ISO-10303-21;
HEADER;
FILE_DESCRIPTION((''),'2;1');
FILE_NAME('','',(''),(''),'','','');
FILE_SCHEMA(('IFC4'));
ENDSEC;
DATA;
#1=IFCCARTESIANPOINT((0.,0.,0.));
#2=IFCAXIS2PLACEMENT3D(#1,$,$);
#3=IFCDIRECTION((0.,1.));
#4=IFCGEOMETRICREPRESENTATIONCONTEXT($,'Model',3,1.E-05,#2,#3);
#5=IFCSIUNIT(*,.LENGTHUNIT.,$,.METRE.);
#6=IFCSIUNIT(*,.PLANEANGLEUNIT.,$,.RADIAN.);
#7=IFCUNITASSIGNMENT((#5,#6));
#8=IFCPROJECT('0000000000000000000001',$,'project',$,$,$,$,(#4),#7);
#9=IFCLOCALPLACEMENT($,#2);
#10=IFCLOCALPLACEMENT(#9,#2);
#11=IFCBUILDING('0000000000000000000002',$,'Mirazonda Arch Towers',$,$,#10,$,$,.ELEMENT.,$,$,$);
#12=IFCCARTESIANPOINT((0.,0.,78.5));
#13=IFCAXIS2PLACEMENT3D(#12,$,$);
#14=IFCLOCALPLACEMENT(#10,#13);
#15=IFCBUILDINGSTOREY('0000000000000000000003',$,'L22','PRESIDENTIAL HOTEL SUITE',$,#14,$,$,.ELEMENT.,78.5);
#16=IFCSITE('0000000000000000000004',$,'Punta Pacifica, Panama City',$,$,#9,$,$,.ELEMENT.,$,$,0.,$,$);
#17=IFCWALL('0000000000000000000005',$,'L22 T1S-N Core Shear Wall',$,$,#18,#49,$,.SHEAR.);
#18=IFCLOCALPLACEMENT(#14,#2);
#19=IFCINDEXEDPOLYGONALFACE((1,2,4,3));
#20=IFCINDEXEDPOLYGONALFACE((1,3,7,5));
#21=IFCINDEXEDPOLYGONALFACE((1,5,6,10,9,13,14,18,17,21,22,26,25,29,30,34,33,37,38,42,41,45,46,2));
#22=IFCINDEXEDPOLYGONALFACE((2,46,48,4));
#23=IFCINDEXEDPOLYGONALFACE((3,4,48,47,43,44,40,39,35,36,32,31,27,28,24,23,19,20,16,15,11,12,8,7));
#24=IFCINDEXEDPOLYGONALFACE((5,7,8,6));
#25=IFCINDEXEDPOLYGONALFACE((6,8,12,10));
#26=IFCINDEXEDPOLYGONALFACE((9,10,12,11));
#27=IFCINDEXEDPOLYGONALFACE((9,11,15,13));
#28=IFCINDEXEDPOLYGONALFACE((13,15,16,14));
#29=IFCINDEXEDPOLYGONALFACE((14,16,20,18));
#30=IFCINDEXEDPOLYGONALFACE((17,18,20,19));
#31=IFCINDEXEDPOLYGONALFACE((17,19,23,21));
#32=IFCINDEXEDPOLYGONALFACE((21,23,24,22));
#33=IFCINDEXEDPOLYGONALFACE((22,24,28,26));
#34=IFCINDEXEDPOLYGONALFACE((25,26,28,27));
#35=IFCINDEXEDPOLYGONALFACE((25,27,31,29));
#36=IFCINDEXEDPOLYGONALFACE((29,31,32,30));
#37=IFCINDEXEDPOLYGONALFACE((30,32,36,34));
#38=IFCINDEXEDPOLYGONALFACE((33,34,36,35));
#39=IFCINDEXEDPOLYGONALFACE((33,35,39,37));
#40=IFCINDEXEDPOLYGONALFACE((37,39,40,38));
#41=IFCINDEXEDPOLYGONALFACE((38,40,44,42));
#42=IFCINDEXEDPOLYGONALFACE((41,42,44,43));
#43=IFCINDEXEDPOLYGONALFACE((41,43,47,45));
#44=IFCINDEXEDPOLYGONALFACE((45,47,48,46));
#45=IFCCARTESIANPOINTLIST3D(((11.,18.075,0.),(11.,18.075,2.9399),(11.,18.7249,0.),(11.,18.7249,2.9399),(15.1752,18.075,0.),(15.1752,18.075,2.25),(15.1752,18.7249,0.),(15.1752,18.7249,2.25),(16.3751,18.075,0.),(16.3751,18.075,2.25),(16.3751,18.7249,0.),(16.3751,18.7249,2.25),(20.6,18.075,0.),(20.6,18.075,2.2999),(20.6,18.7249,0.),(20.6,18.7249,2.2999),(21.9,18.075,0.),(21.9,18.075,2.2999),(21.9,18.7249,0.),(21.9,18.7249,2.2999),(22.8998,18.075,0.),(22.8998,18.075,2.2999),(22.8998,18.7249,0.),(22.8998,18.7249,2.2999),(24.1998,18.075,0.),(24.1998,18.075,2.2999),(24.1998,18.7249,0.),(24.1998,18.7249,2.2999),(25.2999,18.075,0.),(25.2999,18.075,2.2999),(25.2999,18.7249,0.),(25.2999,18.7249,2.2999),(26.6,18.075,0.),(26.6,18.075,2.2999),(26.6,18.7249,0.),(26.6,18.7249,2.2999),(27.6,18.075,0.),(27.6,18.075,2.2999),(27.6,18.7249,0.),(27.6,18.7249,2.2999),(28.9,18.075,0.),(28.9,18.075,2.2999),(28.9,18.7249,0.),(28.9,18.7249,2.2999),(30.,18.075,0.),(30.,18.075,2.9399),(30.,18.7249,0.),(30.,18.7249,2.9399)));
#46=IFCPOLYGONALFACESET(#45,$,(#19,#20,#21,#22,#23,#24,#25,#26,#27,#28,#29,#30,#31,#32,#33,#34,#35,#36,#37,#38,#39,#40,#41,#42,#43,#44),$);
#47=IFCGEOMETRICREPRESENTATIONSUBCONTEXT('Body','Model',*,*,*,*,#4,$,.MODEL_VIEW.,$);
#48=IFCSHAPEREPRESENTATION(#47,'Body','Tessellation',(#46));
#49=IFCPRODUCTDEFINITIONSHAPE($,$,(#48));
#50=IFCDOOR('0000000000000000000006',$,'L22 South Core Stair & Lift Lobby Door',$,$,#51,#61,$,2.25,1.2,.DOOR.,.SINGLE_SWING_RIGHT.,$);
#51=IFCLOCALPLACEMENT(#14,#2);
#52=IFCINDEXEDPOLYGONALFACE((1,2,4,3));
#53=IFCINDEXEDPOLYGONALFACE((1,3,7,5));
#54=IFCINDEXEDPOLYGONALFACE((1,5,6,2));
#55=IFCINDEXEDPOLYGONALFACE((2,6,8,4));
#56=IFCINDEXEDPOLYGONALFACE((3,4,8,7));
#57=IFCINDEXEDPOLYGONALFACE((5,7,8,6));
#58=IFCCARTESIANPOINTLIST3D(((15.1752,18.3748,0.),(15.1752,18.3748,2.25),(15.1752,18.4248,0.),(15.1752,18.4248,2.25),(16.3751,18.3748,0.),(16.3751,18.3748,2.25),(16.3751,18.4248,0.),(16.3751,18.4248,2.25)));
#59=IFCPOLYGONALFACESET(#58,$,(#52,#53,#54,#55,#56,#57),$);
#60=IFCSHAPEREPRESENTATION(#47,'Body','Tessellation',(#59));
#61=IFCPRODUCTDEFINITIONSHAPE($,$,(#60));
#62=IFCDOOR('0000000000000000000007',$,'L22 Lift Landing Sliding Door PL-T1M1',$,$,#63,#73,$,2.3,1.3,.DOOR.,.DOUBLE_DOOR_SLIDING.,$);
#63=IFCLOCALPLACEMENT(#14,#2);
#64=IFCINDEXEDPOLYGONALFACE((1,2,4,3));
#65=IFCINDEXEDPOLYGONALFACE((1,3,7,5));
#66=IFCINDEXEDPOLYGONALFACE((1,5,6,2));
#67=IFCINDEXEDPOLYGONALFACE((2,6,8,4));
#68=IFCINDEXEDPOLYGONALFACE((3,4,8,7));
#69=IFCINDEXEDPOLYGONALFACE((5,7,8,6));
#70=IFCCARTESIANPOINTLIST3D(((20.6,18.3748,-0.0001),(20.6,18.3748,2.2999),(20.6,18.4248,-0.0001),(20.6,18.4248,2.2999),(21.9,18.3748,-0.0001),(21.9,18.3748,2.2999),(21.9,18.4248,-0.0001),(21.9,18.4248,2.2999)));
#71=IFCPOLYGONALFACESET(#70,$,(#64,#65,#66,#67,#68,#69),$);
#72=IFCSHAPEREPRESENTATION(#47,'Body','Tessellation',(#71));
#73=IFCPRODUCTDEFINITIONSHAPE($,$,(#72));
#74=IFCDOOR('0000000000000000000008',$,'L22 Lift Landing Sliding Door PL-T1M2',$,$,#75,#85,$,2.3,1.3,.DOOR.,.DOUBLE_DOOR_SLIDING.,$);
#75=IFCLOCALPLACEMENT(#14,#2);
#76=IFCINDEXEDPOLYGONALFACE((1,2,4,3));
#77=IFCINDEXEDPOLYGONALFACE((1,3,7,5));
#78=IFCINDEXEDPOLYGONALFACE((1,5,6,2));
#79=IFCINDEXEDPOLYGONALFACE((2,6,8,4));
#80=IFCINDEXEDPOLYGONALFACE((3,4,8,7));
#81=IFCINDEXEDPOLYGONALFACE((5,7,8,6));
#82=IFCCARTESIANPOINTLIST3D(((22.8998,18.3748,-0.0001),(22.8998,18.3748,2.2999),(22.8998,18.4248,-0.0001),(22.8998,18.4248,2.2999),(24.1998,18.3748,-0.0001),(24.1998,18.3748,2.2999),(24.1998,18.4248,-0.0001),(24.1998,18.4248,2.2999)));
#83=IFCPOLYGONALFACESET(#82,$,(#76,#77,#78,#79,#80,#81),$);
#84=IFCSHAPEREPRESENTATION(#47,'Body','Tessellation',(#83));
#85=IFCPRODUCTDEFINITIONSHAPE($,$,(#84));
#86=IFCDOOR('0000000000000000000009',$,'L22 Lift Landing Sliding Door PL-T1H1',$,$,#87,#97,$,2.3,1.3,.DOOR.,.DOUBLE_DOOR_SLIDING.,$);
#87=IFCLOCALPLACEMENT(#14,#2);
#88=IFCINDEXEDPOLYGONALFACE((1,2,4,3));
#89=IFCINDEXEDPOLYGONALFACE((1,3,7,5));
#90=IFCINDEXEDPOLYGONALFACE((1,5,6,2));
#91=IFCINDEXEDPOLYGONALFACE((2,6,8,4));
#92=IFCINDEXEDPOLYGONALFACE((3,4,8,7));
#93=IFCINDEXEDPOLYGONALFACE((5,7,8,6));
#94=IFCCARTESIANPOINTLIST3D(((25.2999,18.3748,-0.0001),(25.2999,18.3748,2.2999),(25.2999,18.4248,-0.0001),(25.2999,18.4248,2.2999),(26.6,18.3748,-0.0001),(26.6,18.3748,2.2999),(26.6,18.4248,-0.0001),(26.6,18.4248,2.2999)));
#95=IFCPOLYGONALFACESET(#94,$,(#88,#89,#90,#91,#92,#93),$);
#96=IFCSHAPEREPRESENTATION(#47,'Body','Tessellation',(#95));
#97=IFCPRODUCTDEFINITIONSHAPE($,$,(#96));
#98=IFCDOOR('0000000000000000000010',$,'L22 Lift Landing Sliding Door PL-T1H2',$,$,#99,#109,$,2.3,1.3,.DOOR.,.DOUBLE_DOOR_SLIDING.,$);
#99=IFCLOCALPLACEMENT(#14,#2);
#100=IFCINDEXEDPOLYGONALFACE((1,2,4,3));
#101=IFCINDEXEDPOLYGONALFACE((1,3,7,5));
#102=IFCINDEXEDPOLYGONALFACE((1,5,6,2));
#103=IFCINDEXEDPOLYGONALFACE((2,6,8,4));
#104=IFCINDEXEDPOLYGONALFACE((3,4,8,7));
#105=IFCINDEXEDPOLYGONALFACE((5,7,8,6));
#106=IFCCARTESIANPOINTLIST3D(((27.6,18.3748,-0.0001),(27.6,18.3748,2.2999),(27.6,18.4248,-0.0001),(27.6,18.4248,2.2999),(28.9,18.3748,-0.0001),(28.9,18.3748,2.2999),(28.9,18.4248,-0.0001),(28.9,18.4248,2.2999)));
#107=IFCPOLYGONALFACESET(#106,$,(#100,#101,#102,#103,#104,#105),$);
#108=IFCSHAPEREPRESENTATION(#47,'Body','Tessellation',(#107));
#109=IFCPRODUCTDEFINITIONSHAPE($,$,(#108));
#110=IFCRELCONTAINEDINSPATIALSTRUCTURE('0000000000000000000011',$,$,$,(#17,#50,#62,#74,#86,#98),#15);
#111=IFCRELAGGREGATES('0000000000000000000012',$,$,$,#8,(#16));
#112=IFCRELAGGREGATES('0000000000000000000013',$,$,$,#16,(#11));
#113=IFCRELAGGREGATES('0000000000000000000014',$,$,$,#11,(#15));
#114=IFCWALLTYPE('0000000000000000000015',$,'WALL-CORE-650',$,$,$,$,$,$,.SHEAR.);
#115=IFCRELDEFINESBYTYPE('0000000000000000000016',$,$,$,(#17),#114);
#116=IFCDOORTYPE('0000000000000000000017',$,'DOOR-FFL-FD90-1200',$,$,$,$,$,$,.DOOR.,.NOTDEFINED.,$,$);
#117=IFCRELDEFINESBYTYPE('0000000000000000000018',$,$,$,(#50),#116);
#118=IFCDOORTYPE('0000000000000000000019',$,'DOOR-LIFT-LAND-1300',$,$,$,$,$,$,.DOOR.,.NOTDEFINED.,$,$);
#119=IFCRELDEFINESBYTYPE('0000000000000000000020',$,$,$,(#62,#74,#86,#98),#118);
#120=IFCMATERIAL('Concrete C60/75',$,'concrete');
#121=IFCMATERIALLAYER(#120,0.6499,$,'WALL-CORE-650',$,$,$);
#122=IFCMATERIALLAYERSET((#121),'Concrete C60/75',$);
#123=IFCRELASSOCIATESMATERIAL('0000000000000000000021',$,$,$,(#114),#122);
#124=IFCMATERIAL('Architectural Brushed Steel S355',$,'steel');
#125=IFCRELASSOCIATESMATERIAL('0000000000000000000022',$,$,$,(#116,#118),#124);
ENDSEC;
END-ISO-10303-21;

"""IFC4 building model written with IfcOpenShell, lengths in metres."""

from ifc_helpers import new_model, si_unit, direction, frame, frame_2d, origin, place, context, subcontext, project, spatial, rectangle, extrude, material, layer, layer_set, type_object, element, fill, save


model = new_model("IFC4")

# Units and contexts
model_context = context("Model", 3, precision=1e-05, world=origin(), true_north=direction((0.0, 1.0)))
body_context = subcontext(model_context, "Body", "Model", "MODEL_VIEW")
ifc_project = project(units=[si_unit("LENGTHUNIT", "METRE"), si_unit("PLANEANGLEUNIT", "RADIAN")], contexts=[model_context])

# Site, building, storey
site_placement = place(None, origin())
site = spatial("IfcSite", under=ifc_project, at=site_placement, Name="Punta Pacifica, Panama City", CompositionType="ELEMENT", RefElevation=0.0)
building_placement = place(site_placement, origin())
building = spatial("IfcBuilding", under=site, at=building_placement, Name="Mirazonda Arch Towers", CompositionType="ELEMENT")
storey_placement = place(building_placement, frame((0.0, 0.0, 78.5)))
storey = spatial("IfcBuildingStorey", under=building, at=storey_placement, Name="L22", Description="PRESIDENTIAL HOTEL SUITE", CompositionType="ELEMENT", Elevation=78.5)

# Shared definitions
ifc_material_1 = material(Name="Concrete C60/75", Category="concrete")

# Shared definitions
ifc_material_2 = material(Name="Architectural Brushed Steel S355", Category="steel")

# Wall, openings, doors
ifc_layer_1 = layer(ifc_material_1, 0.6499, Name="WALL-CORE-650")
ifc_layer_set_1 = layer_set([ifc_layer_1], Name="Concrete C60/75")
wall_type_1 = type_object("IfcWallType", Name="WALL-CORE-650", PredefinedType="SHEAR", material=ifc_layer_set_1)
wall_1_placement = place(storey_placement, frame((11.0, 18.3999, 0.0), z_axis=(0.0, 0.0, 1.0), x_axis=(1.0, 0.0, 0.0)))
wall_1 = element("IfcWall", 1, at=wall_1_placement, inside=storey, type_object=wall_type_1, Name="L22 T1S-N Core Shear Wall", PredefinedType="SHEAR", context=body_context, shape_type="SweptSolid", body=[
    extrude(rectangle(XDim=19.0, YDim=0.6499, at=frame_2d((9.5, 0.0))), origin(), (0.0, 0.0, 1.0), 2.9399),
])
opening_1_placement = place(wall_1_placement, frame((4.175, 0.0, 0.0)))
opening_1 = element("IfcOpeningElement", 2, at=opening_1_placement, cuts=wall_1, PredefinedType="OPENING", context=body_context, shape_type="SweptSolid", body=[
    extrude(rectangle(XDim=1.2, YDim=2.25, at=frame_2d((0.6001, 1.125))), frame((0.0, 0.335, 0.0), z_axis=(0.0, -1.0, 0.0), x_axis=(1.0, 0.0, 0.0)), (0.0, 0.0, 1.0), 0.6699),
])
opening_2_placement = place(wall_1_placement, frame((9.6001, 0.0, 0.0)))
opening_2 = element("IfcOpeningElement", 3, at=opening_2_placement, cuts=wall_1, PredefinedType="OPENING", context=body_context, shape_type="SweptSolid", body=[
    extrude(rectangle(XDim=1.3, YDim=2.3, at=frame_2d((0.6499, 1.1499))), frame((0.0, 0.335, 0.0), z_axis=(0.0, -1.0, 0.0), x_axis=(1.0, 0.0, 0.0)), (0.0, 0.0, 1.0), 0.6699),
])
opening_3_placement = place(wall_1_placement, frame((11.8999, 0.0, 0.0)))
opening_3 = element("IfcOpeningElement", 4, at=opening_3_placement, cuts=wall_1, PredefinedType="OPENING", context=body_context, shape_type="SweptSolid", body=[
    extrude(rectangle(XDim=1.3, YDim=2.3, at=frame_2d((0.6499, 1.1499))), frame((0.0, 0.335, 0.0), z_axis=(0.0, -1.0, 0.0), x_axis=(1.0, 0.0, 0.0)), (0.0, 0.0, 1.0), 0.6699),
])
opening_4_placement = place(wall_1_placement, frame((14.3, 0.0, 0.0)))
opening_4 = element("IfcOpeningElement", 5, at=opening_4_placement, cuts=wall_1, PredefinedType="OPENING", context=body_context, shape_type="SweptSolid", body=[
    extrude(rectangle(XDim=1.3, YDim=2.3, at=frame_2d((0.6499, 1.1499))), frame((0.0, 0.335, 0.0), z_axis=(0.0, -1.0, 0.0), x_axis=(1.0, 0.0, 0.0)), (0.0, 0.0, 1.0), 0.6699),
])
opening_5_placement = place(wall_1_placement, frame((16.6001, 0.0, 0.0)))
opening_5 = element("IfcOpeningElement", 6, at=opening_5_placement, cuts=wall_1, PredefinedType="OPENING", context=body_context, shape_type="SweptSolid", body=[
    extrude(rectangle(XDim=1.3, YDim=2.3, at=frame_2d((0.6499, 1.1499))), frame((0.0, 0.335, 0.0), z_axis=(0.0, -1.0, 0.0), x_axis=(1.0, 0.0, 0.0)), (0.0, 0.0, 1.0), 0.6699),
])
door_type_1 = type_object("IfcDoorType", Name="DOOR-FFL-FD90-1200", OperationType="NOTDEFINED", PredefinedType="DOOR", material=ifc_material_2)
door_1_placement = place(opening_1_placement, origin())
door_1 = element("IfcDoor", 7, at=door_1_placement, inside=storey, type_object=door_type_1, Name="L22 South Core Stair & Lift Lobby Door", OperationType="SINGLE_SWING_RIGHT", OverallHeight=2.25, OverallWidth=1.2, PredefinedType="DOOR", context=body_context, shape_type="SweptSolid", body=[
    extrude(rectangle(XDim=1.2, YDim=2.25, at=frame_2d((0.6001, 1.125))), frame((0.0, 0.0249, 0.0), z_axis=(0.0, -1.0, 0.0), x_axis=(1.0, 0.0, 0.0)), (0.0, 0.0, 1.0), 0.05),
])
fill(opening_1, door_1)
door_type_2 = type_object("IfcDoorType", Name="DOOR-LIFT-LAND-1300", OperationType="NOTDEFINED", PredefinedType="DOOR", material=ifc_material_2)
door_2_placement = place(opening_2_placement, origin())
door_2 = element("IfcDoor", 8, at=door_2_placement, inside=storey, type_object=door_type_2, Name="L22 Lift Landing Sliding Door PL-T1M1", OperationType="DOUBLE_DOOR_SLIDING", OverallHeight=2.3, OverallWidth=1.3, PredefinedType="DOOR", context=body_context, shape_type="SweptSolid", body=[
    extrude(rectangle(XDim=1.3, YDim=2.3, at=frame_2d((0.6499, 1.1499))), frame((0.0, 0.0249, 0.0), z_axis=(0.0, -1.0, 0.0), x_axis=(1.0, 0.0, 0.0)), (0.0, 0.0, 1.0), 0.05),
])
fill(opening_2, door_2)
door_3_placement = place(opening_3_placement, origin())
door_3 = element("IfcDoor", 9, at=door_3_placement, inside=storey, type_object=door_type_2, Name="L22 Lift Landing Sliding Door PL-T1M2", OperationType="DOUBLE_DOOR_SLIDING", OverallHeight=2.3, OverallWidth=1.3, PredefinedType="DOOR", context=body_context, shape_type="SweptSolid", body=[
    extrude(rectangle(XDim=1.3, YDim=2.3, at=frame_2d((0.6499, 1.1499))), frame((0.0, 0.0249, 0.0), z_axis=(0.0, -1.0, 0.0), x_axis=(1.0, 0.0, 0.0)), (0.0, 0.0, 1.0), 0.05),
])
fill(opening_3, door_3)
door_4_placement = place(opening_4_placement, origin())
door_4 = element("IfcDoor", 10, at=door_4_placement, inside=storey, type_object=door_type_2, Name="L22 Lift Landing Sliding Door PL-T1H1", OperationType="DOUBLE_DOOR_SLIDING", OverallHeight=2.3, OverallWidth=1.3, PredefinedType="DOOR", context=body_context, shape_type="SweptSolid", body=[
    extrude(rectangle(XDim=1.3, YDim=2.3, at=frame_2d((0.6499, 1.1499))), frame((0.0, 0.0249, 0.0), z_axis=(0.0, -1.0, 0.0), x_axis=(1.0, 0.0, 0.0)), (0.0, 0.0, 1.0), 0.05),
])
fill(opening_4, door_4)
door_5_placement = place(opening_5_placement, origin())
door_5 = element("IfcDoor", 11, at=door_5_placement, inside=storey, type_object=door_type_2, Name="L22 Lift Landing Sliding Door PL-T1H2", OperationType="DOUBLE_DOOR_SLIDING", OverallHeight=2.3, OverallWidth=1.3, PredefinedType="DOOR", context=body_context, shape_type="SweptSolid", body=[
    extrude(rectangle(XDim=1.3, YDim=2.3, at=frame_2d((0.6499, 1.1499))), frame((0.0, 0.0249, 0.0), z_axis=(0.0, -1.0, 0.0), x_axis=(1.0, 0.0, 0.0)), (0.0, 0.0, 1.0), 0.05),
])
fill(opening_5, door_5)

save(model, "model.ifc")
